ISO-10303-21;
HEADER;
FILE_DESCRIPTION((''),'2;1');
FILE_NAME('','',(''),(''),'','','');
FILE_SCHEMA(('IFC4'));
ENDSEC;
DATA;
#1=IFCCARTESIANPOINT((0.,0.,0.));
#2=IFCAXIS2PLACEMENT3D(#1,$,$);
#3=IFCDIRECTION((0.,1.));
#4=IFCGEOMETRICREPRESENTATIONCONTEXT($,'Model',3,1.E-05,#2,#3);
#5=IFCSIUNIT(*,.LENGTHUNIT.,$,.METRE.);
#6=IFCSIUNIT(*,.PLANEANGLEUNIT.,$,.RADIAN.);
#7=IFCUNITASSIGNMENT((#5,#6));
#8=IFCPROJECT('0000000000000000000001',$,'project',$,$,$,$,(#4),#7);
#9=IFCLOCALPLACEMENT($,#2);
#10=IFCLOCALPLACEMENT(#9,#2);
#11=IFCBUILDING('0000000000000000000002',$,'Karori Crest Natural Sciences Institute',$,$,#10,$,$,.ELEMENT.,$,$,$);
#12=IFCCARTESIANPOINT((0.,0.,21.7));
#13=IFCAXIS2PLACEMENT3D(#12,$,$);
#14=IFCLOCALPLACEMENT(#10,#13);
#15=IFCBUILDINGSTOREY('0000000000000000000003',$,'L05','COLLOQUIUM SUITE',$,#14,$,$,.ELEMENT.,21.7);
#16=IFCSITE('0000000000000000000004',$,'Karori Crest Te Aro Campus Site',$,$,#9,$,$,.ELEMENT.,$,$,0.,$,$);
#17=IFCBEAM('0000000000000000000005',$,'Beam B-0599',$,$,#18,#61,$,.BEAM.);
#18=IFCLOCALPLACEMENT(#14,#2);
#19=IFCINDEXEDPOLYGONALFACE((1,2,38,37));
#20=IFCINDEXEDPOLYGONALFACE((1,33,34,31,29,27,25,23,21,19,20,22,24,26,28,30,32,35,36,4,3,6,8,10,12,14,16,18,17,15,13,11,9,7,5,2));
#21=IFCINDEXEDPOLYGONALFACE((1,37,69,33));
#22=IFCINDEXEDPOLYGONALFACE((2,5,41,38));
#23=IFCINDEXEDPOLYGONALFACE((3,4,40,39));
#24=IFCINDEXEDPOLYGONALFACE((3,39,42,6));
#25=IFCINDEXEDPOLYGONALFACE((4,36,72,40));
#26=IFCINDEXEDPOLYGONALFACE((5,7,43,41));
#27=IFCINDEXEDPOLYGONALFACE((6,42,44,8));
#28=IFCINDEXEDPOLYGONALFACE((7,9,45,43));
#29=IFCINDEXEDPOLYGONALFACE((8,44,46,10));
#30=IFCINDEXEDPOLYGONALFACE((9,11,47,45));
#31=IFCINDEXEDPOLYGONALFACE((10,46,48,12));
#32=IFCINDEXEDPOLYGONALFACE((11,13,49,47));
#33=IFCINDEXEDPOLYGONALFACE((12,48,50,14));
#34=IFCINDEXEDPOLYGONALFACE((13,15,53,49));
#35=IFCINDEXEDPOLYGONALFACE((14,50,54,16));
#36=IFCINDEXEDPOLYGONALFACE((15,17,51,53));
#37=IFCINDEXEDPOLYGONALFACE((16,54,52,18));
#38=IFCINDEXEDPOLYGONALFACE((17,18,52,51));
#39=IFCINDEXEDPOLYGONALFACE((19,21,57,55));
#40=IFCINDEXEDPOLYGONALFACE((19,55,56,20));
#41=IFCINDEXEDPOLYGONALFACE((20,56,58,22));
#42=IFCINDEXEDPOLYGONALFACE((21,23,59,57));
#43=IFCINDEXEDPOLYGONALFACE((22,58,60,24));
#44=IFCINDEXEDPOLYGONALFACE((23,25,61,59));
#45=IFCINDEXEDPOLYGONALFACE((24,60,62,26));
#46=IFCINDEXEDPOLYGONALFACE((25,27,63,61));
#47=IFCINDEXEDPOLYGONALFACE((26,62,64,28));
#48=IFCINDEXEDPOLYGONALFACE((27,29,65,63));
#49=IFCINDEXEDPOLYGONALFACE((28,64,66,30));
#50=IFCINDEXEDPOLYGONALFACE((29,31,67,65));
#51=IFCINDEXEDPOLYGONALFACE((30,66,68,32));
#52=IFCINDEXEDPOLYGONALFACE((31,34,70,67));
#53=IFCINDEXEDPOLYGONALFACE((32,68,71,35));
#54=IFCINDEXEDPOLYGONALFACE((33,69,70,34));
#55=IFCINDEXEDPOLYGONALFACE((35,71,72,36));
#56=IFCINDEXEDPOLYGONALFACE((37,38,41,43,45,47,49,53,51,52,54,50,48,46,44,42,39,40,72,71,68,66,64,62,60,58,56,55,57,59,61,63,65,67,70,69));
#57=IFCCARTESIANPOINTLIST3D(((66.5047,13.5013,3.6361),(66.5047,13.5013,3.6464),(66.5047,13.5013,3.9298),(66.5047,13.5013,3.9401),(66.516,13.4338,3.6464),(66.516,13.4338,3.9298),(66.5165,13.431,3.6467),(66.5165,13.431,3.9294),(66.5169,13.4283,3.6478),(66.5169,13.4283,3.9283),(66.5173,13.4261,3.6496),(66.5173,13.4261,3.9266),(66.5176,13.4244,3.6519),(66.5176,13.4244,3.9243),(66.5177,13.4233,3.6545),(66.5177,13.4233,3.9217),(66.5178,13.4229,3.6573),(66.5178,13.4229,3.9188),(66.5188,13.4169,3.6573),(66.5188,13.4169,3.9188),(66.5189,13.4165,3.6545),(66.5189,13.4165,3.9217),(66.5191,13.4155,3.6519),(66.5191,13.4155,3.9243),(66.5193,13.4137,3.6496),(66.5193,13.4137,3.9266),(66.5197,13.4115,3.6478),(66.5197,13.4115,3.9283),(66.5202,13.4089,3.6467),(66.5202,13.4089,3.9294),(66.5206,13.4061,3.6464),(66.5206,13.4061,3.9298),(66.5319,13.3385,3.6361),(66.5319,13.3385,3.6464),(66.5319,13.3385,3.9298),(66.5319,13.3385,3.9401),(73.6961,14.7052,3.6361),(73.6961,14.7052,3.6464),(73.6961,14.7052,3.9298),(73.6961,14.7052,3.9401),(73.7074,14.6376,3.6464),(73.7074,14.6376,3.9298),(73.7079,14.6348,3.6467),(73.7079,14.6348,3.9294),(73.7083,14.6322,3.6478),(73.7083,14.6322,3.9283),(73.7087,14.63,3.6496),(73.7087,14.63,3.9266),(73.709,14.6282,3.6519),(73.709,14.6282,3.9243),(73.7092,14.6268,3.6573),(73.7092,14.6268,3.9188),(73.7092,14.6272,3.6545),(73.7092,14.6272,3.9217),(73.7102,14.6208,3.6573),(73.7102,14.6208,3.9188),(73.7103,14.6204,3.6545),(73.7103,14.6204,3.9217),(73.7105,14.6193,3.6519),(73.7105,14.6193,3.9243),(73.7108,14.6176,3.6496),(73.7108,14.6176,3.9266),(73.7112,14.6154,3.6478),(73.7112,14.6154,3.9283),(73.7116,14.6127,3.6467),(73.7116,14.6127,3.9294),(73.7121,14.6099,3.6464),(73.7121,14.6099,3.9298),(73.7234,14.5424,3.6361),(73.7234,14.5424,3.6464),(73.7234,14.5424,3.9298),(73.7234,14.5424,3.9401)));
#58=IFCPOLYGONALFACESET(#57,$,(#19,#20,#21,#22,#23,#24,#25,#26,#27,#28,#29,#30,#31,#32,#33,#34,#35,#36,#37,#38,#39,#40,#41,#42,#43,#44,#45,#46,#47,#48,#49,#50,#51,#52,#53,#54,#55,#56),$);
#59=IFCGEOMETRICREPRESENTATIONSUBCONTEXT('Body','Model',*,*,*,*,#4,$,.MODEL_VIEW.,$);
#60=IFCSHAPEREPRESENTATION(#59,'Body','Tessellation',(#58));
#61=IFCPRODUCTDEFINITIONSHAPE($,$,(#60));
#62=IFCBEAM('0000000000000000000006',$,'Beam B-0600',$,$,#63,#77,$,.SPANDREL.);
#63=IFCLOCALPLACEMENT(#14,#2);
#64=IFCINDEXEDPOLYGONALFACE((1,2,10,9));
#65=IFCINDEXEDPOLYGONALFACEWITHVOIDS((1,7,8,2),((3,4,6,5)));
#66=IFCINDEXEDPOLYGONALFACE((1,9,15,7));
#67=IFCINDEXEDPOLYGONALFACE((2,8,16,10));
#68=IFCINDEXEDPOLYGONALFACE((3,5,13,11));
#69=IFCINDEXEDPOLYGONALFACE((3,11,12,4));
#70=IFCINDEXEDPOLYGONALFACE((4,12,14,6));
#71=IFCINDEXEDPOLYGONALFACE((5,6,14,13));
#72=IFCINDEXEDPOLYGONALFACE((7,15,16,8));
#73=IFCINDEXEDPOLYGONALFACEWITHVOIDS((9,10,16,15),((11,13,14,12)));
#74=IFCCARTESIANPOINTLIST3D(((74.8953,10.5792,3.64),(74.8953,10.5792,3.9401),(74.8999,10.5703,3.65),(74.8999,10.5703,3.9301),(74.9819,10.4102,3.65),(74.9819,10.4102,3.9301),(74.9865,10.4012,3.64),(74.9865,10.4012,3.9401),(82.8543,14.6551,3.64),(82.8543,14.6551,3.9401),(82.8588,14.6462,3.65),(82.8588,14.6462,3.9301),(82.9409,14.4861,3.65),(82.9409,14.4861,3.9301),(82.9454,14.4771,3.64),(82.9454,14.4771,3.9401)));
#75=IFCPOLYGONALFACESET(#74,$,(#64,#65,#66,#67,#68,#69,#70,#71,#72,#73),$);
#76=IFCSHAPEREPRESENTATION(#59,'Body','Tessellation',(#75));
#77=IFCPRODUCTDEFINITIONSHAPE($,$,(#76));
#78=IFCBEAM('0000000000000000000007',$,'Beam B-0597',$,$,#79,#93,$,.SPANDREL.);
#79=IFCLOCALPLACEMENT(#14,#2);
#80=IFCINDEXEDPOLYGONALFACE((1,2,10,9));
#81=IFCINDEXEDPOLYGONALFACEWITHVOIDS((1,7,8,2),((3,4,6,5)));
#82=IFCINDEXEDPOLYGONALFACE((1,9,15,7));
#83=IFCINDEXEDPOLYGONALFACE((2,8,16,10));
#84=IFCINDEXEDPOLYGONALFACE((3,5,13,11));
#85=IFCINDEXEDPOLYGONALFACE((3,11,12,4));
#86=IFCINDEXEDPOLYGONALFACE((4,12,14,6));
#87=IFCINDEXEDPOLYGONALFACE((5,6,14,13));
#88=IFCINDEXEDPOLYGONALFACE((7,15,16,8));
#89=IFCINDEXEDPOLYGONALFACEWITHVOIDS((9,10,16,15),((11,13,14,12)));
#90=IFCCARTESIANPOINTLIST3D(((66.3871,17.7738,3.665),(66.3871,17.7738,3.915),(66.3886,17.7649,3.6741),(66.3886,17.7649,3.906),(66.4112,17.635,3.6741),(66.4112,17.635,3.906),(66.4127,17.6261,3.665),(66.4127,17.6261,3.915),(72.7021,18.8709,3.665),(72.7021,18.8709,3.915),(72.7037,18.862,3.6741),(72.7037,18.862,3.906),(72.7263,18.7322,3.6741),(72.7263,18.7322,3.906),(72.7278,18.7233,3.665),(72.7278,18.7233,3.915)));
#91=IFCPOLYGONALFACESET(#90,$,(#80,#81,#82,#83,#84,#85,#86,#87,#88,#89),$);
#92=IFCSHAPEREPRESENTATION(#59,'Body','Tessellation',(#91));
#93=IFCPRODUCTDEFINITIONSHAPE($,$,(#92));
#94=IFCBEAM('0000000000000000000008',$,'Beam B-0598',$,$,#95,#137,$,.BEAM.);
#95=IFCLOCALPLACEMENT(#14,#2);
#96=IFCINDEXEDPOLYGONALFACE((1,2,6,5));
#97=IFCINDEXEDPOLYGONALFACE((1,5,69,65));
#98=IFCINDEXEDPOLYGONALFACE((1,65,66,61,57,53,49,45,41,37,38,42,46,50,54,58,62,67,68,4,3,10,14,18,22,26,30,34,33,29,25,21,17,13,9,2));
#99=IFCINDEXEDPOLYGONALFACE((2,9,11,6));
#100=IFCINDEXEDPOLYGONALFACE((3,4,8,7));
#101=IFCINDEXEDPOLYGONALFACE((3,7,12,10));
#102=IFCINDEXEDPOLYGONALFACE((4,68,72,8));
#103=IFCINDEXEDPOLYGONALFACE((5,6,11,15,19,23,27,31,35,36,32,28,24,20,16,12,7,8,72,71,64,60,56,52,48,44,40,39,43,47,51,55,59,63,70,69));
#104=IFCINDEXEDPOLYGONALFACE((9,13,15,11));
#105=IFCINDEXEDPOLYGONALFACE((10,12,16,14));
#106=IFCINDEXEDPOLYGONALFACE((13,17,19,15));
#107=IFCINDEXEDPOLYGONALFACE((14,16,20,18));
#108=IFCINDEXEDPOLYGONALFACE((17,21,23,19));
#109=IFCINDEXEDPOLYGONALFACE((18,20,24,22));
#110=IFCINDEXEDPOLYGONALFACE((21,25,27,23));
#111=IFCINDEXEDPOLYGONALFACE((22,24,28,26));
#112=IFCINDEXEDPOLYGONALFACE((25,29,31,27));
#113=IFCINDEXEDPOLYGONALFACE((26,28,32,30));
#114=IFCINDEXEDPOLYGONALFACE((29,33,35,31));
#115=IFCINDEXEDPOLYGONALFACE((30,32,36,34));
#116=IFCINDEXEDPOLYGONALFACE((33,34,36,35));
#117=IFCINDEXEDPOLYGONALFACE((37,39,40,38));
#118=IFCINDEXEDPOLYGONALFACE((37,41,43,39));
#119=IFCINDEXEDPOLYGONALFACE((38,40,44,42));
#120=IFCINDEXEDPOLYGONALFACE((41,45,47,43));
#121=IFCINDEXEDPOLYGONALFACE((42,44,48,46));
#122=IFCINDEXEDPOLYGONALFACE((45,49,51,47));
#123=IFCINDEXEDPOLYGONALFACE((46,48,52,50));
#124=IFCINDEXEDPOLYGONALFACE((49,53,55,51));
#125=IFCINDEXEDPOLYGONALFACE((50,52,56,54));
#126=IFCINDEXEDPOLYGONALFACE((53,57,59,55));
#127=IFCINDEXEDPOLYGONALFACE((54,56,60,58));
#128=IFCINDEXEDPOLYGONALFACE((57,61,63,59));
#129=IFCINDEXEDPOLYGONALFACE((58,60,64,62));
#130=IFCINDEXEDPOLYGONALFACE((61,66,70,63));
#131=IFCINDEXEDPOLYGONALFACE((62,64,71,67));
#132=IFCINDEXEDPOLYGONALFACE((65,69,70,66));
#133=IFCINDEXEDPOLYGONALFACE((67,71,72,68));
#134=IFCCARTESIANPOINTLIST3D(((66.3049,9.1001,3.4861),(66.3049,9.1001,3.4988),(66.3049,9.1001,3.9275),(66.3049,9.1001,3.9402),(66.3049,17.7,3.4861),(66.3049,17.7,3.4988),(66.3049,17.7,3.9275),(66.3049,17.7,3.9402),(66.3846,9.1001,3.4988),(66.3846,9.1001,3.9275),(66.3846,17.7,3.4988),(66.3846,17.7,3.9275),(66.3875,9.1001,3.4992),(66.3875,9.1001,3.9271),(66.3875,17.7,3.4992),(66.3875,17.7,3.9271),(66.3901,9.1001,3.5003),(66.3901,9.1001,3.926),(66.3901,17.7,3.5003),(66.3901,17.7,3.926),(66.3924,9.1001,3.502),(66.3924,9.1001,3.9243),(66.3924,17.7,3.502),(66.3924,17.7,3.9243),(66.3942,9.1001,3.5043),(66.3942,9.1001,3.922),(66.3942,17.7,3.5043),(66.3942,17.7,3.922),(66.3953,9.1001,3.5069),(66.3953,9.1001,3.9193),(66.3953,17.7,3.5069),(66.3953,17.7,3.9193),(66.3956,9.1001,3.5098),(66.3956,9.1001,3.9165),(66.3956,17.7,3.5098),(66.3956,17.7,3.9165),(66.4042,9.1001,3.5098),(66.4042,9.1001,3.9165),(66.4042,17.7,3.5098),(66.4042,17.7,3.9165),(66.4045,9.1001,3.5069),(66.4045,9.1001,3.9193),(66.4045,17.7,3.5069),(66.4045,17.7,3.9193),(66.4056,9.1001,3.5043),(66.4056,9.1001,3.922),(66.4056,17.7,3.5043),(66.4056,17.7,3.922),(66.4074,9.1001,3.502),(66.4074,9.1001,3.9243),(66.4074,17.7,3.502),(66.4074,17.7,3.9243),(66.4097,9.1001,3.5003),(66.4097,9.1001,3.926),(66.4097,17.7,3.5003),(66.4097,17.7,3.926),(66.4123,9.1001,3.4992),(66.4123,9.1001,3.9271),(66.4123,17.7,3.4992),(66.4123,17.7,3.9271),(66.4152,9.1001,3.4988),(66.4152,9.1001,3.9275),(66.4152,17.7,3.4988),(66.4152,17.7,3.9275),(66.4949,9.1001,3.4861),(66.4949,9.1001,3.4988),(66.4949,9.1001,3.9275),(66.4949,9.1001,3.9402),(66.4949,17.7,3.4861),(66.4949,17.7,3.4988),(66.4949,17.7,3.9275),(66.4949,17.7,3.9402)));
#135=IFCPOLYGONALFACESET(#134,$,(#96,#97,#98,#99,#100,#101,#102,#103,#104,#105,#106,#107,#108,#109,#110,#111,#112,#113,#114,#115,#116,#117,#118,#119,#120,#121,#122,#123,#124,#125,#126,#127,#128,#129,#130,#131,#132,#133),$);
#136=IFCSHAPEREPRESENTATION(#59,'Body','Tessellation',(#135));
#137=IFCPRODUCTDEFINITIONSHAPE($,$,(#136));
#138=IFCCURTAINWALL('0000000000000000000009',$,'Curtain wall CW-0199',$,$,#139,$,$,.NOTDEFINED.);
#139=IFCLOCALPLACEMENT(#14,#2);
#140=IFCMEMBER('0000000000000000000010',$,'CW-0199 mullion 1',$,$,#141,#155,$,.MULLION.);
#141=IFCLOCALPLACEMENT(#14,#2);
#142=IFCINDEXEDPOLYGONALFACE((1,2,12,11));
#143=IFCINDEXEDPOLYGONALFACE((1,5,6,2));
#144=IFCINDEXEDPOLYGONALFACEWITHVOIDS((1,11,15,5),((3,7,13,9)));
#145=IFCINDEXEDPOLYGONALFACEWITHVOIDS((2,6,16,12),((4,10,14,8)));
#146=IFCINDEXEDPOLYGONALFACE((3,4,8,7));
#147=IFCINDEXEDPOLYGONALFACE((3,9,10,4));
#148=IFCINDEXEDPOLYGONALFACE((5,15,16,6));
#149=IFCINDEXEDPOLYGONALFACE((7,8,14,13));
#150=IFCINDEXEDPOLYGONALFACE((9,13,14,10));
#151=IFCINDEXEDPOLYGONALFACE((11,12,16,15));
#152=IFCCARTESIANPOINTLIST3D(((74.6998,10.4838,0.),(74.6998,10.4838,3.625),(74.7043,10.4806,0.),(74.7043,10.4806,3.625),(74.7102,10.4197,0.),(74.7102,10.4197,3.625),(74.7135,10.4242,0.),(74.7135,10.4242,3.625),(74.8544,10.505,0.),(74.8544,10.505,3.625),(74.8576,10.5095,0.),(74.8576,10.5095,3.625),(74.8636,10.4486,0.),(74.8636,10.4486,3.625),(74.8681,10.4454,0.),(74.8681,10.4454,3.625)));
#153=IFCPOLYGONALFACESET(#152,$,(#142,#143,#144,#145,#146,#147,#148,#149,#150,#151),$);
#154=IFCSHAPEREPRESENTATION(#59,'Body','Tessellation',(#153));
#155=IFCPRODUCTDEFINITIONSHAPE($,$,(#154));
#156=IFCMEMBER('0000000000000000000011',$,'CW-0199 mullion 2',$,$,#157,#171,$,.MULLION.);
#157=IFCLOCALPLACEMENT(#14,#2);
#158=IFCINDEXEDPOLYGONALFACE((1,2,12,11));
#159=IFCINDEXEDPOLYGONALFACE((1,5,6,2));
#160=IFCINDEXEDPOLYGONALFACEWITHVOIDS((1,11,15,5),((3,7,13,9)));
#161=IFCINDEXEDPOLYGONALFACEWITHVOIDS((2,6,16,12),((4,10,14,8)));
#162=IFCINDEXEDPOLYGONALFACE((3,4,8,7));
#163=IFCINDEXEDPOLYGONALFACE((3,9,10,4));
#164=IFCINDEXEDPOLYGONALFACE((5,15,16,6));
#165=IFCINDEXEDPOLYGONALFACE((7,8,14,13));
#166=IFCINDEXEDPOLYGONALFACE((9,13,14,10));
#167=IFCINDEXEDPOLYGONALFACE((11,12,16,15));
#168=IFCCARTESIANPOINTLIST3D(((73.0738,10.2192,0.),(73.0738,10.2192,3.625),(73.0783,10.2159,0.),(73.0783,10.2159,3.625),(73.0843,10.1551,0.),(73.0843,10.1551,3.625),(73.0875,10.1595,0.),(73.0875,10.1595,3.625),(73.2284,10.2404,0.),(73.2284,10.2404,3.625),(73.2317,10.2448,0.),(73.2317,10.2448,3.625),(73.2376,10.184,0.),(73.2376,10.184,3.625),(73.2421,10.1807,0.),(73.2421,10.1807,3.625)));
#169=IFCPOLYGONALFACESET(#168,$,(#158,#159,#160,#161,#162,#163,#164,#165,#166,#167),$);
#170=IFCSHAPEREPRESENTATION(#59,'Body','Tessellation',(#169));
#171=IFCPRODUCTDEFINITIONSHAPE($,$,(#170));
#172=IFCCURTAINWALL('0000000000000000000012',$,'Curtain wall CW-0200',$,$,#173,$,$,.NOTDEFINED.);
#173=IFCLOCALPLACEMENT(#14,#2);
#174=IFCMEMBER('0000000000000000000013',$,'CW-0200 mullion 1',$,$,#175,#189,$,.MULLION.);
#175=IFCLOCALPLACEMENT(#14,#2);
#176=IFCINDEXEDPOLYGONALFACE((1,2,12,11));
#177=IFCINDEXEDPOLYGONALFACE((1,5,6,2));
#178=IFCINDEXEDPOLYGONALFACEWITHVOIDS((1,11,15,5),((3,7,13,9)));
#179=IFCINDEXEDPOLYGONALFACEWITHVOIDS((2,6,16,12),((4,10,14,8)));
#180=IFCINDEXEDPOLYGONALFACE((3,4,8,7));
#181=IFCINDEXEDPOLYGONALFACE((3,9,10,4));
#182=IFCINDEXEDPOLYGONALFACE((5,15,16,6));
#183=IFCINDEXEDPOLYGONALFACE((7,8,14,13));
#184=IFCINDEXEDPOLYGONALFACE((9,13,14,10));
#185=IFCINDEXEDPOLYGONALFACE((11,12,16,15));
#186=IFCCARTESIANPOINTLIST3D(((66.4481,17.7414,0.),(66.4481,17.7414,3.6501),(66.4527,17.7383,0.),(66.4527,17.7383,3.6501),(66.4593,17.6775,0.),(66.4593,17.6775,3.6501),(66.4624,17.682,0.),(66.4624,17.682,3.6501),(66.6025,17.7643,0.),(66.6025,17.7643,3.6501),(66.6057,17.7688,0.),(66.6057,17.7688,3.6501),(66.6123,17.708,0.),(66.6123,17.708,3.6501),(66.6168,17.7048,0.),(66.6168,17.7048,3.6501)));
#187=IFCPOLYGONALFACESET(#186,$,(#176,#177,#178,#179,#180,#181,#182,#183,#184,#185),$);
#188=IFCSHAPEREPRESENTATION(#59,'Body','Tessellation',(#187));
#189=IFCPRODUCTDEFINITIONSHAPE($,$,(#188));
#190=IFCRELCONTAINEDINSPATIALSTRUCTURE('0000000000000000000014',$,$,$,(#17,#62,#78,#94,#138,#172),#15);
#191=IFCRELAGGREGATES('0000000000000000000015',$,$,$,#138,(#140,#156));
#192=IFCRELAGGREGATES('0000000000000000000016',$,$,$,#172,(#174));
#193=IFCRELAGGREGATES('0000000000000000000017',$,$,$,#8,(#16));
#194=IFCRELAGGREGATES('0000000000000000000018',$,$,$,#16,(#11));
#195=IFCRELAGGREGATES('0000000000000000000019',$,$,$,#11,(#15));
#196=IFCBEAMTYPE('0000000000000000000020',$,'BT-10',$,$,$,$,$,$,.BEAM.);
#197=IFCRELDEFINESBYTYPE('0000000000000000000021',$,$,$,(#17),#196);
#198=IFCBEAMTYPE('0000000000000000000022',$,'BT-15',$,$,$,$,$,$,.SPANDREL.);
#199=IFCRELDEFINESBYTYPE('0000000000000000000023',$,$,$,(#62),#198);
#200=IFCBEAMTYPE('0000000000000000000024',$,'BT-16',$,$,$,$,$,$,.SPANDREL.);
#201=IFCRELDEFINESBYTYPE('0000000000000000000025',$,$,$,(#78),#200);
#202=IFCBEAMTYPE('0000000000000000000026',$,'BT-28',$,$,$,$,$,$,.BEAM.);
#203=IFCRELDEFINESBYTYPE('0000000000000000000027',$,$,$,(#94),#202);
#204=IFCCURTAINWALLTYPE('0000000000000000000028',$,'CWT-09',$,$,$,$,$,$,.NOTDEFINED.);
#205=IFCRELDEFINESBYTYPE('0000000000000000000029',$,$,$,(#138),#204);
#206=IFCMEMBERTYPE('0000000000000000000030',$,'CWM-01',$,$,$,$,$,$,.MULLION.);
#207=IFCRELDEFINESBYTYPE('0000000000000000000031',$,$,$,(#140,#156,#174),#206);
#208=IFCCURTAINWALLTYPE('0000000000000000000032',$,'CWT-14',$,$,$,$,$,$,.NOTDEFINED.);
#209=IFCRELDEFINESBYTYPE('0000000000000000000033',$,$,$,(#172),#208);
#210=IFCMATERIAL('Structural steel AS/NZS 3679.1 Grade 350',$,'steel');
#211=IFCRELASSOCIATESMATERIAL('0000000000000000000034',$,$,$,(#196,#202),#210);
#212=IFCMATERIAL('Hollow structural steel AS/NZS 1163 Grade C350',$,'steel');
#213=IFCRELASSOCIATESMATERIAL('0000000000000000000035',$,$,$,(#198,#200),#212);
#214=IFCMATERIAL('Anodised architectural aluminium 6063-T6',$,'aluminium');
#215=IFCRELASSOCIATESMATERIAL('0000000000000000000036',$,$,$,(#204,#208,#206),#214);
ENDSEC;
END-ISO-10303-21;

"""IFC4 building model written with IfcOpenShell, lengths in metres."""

from ifc_helpers import new_model, si_unit, direction, frame, origin, origin_2d, place, context, subcontext, project, spatial, hollow_rectangle, i_section, extrude, material, material_profile, profile_set, type_object, element, aggregate, save


model = new_model("IFC4")

# Units and contexts
model_context = context("Model", 3, precision=1e-05, world=origin(), true_north=direction((0.0, 1.0)))
body_context = subcontext(model_context, "Body", "Model", "MODEL_VIEW")
ifc_project = project(units=[si_unit("LENGTHUNIT", "METRE"), si_unit("PLANEANGLEUNIT", "RADIAN")], contexts=[model_context])

# Site, building, storey
site_placement = place(None, origin())
site = spatial("IfcSite", under=ifc_project, at=site_placement, Name="Karori Crest Te Aro Campus Site", CompositionType="ELEMENT", RefElevation=0.0)
building_placement = place(site_placement, origin())
building = spatial("IfcBuilding", under=site, at=building_placement, Name="Karori Crest Natural Sciences Institute", CompositionType="ELEMENT")
storey_placement = place(building_placement, frame((0.0, 0.0, 21.7)))
storey = spatial("IfcBuildingStorey", under=building, at=storey_placement, Name="L05", Description="COLLOQUIUM SUITE", CompositionType="ELEMENT", Elevation=21.7)

# Shared definitions
ifc_material_1 = material(Name="Structural steel AS/NZS 3679.1 Grade 350", Category="steel")

# Beams
ifc_material_profile_1 = material_profile(ifc_material_1, i_section(OverallWidth=0.165, OverallDepth=0.304, WebThickness=0.0061, FlangeThickness=0.0103, FilletRadius=0.011, at=origin_2d()), Name="310UB40.4")
ifc_profile_set_1 = profile_set([ifc_material_profile_1], Name="Structural steel AS/NZS 3679.1 Grade 350")
beam_type_1 = type_object("IfcBeamType", Name="BT-10", PredefinedType="BEAM", material=ifc_profile_set_1)
beam_1_placement = place(storey_placement, frame((66.5183, 13.4199, 3.7881), z_axis=(0.986276, 0.165105, 0.0), x_axis=(-0.165105, 0.986276, 0.0)))
element("IfcBeam", 1, at=beam_1_placement, inside=storey, type_object=beam_type_1, Name="Beam B-0599", PredefinedType="BEAM", context=body_context, shape_type="SweptSolid", body=[
    extrude(i_section(OverallWidth=0.165, OverallDepth=0.304, WebThickness=0.0061, FlangeThickness=0.0103, FilletRadius=0.011, at=origin_2d()), origin(), (0.0, 0.0, 1.0), 7.2915),
])
ifc_material_2 = material(Name="Hollow structural steel AS/NZS 1163 Grade C350", Category="steel")
ifc_material_profile_2 = material_profile(ifc_material_2, hollow_rectangle(XDim=0.2, YDim=0.3, WallThickness=0.01, at=origin_2d()), Name="RHS300x200x10")
ifc_profile_set_2 = profile_set([ifc_material_profile_2], Name="Hollow structural steel AS/NZS 1163 Grade C350")
beam_type_2 = type_object("IfcBeamType", Name="BT-15", PredefinedType="SPANDREL", material=ifc_profile_set_2)
beam_2_placement = place(storey_placement, frame((74.9409, 10.4902, 3.79), z_axis=(0.890072, 0.45582, 0.0), x_axis=(-0.45582, 0.890072, 0.0)))
element("IfcBeam", 2, at=beam_2_placement, inside=storey, type_object=beam_type_2, Name="Beam B-0600", PredefinedType="SPANDREL", context=body_context, shape_type="SweptSolid", body=[
    extrude(hollow_rectangle(XDim=0.2, YDim=0.3, WallThickness=0.01, at=origin_2d()), origin(), (0.0, 0.0, 1.0), 8.9419),
])
ifc_material_profile_3 = material_profile(ifc_material_2, hollow_rectangle(XDim=0.1499, YDim=0.25, WallThickness=0.009, at=origin_2d()), Name="RHS250x150x9")
ifc_profile_set_3 = profile_set([ifc_material_profile_3], Name="Hollow structural steel AS/NZS 1163 Grade C350")
beam_type_3 = type_object("IfcBeamType", Name="BT-16", PredefinedType="SPANDREL", material=ifc_profile_set_3)
beam_3_placement = place(storey_placement, frame((66.3999, 17.7, 3.79), z_axis=(0.985241, 0.171171, 0.0), x_axis=(-0.171171, 0.985241, 0.0)))
element("IfcBeam", 3, at=beam_3_placement, inside=storey, type_object=beam_type_3, Name="Beam B-0597", PredefinedType="SPANDREL", context=body_context, shape_type="SweptSolid", body=[
    extrude(hollow_rectangle(XDim=0.1499, YDim=0.25, WallThickness=0.009, at=origin_2d()), origin(), (0.0, 0.0, 1.0), 6.4097),
])
ifc_material_profile_4 = material_profile(ifc_material_1, i_section(OverallWidth=0.1899, OverallDepth=0.4541, WebThickness=0.0085, FlangeThickness=0.0127, FilletRadius=0.011, at=origin_2d()), Name="460UB67.1")
ifc_profile_set_4 = profile_set([ifc_material_profile_4], Name="Structural steel AS/NZS 3679.1 Grade 350")
beam_type_4 = type_object("IfcBeamType", Name="BT-28", PredefinedType="BEAM", material=ifc_profile_set_4)
beam_4_placement = place(storey_placement, frame((66.3999, 17.7, 3.7131), z_axis=(0.0, -1.0, 0.0), x_axis=(1.0, 0.0, 0.0)))
element("IfcBeam", 4, at=beam_4_placement, inside=storey, type_object=beam_type_4, Name="Beam B-0598", PredefinedType="BEAM", context=body_context, shape_type="SweptSolid", body=[
    extrude(i_section(OverallWidth=0.1899, OverallDepth=0.4541, WebThickness=0.0085, FlangeThickness=0.0127, FilletRadius=0.011, at=origin_2d()), origin(), (0.0, 0.0, 1.0), 8.5999),
])

# Curtain walls, members
ifc_material_3 = material(Name="Anodised architectural aluminium 6063-T6", Category="aluminium")
curtain_wall_type_1 = type_object("IfcCurtainWallType", Name="CWT-09", PredefinedType="NOTDEFINED", material=ifc_material_3)
curtain_wall_1_placement = place(storey_placement, origin())
curtain_wall_1 = element("IfcCurtainWall", 5, at=curtain_wall_1_placement, inside=storey, type_object=curtain_wall_type_1, Name="Curtain wall CW-0199", PredefinedType="NOTDEFINED")
ifc_material_profile_5 = material_profile(ifc_material_3, hollow_rectangle(XDim=0.0649, YDim=0.1599, WallThickness=0.0039, at=origin_2d()), Name="CWM160x65x4")
ifc_profile_set_5 = profile_set([ifc_material_profile_5], Name="Anodised architectural aluminium 6063-T6")
member_type_1 = type_object("IfcMemberType", Name="CWM-01", PredefinedType="MULLION", material=ifc_profile_set_5)
member_1_placement = place(storey_placement, frame((74.7839, 10.4646, 0.0), z_axis=(0.0, 0.0, 1.0), x_axis=(0.16065, -0.987011, 0.0)))
member_1 = element("IfcMember", 6, at=member_1_placement, type_object=member_type_1, Name="CW-0199 mullion 1", PredefinedType="MULLION", context=body_context, shape_type="SweptSolid", body=[
    extrude(hollow_rectangle(XDim=0.0649, YDim=0.1599, WallThickness=0.0039, at=origin_2d()), origin(), (0.0, 0.0, 1.0), 3.625),
])
member_2_placement = place(storey_placement, frame((73.158, 10.2, 0.0), z_axis=(0.0, 0.0, 1.0), x_axis=(0.16065, -0.987011, 0.0)))
member_2 = element("IfcMember", 7, at=member_2_placement, type_object=member_type_1, Name="CW-0199 mullion 2", PredefinedType="MULLION", context=body_context, shape_type="SweptSolid", body=[
    extrude(hollow_rectangle(XDim=0.0649, YDim=0.1599, WallThickness=0.0039, at=origin_2d()), origin(), (0.0, 0.0, 1.0), 3.625),
])
curtain_wall_type_2 = type_object("IfcCurtainWallType", Name="CWT-14", PredefinedType="NOTDEFINED", material=ifc_material_3)
curtain_wall_2_placement = place(storey_placement, origin())
curtain_wall_2 = element("IfcCurtainWall", 8, at=curtain_wall_2_placement, inside=storey, type_object=curtain_wall_type_2, Name="Curtain wall CW-0200", PredefinedType="NOTDEFINED")
member_3_placement = place(storey_placement, frame((66.5325, 17.7231, 0.0), z_axis=(0.0, 0.0, 1.0), x_axis=(-0.171174, 0.985241, 0.0)))
member_3 = element("IfcMember", 9, at=member_3_placement, type_object=member_type_1, Name="CW-0200 mullion 1", PredefinedType="MULLION", context=body_context, shape_type="SweptSolid", body=[
    extrude(hollow_rectangle(XDim=0.0649, YDim=0.1599, WallThickness=0.0039, at=origin_2d()), origin(), (0.0, 0.0, 1.0), 3.6501),
])

aggregate(curtain_wall_1, [member_1, member_2])
aggregate(curtain_wall_2, [member_3])

save(model, "model.ifc")
